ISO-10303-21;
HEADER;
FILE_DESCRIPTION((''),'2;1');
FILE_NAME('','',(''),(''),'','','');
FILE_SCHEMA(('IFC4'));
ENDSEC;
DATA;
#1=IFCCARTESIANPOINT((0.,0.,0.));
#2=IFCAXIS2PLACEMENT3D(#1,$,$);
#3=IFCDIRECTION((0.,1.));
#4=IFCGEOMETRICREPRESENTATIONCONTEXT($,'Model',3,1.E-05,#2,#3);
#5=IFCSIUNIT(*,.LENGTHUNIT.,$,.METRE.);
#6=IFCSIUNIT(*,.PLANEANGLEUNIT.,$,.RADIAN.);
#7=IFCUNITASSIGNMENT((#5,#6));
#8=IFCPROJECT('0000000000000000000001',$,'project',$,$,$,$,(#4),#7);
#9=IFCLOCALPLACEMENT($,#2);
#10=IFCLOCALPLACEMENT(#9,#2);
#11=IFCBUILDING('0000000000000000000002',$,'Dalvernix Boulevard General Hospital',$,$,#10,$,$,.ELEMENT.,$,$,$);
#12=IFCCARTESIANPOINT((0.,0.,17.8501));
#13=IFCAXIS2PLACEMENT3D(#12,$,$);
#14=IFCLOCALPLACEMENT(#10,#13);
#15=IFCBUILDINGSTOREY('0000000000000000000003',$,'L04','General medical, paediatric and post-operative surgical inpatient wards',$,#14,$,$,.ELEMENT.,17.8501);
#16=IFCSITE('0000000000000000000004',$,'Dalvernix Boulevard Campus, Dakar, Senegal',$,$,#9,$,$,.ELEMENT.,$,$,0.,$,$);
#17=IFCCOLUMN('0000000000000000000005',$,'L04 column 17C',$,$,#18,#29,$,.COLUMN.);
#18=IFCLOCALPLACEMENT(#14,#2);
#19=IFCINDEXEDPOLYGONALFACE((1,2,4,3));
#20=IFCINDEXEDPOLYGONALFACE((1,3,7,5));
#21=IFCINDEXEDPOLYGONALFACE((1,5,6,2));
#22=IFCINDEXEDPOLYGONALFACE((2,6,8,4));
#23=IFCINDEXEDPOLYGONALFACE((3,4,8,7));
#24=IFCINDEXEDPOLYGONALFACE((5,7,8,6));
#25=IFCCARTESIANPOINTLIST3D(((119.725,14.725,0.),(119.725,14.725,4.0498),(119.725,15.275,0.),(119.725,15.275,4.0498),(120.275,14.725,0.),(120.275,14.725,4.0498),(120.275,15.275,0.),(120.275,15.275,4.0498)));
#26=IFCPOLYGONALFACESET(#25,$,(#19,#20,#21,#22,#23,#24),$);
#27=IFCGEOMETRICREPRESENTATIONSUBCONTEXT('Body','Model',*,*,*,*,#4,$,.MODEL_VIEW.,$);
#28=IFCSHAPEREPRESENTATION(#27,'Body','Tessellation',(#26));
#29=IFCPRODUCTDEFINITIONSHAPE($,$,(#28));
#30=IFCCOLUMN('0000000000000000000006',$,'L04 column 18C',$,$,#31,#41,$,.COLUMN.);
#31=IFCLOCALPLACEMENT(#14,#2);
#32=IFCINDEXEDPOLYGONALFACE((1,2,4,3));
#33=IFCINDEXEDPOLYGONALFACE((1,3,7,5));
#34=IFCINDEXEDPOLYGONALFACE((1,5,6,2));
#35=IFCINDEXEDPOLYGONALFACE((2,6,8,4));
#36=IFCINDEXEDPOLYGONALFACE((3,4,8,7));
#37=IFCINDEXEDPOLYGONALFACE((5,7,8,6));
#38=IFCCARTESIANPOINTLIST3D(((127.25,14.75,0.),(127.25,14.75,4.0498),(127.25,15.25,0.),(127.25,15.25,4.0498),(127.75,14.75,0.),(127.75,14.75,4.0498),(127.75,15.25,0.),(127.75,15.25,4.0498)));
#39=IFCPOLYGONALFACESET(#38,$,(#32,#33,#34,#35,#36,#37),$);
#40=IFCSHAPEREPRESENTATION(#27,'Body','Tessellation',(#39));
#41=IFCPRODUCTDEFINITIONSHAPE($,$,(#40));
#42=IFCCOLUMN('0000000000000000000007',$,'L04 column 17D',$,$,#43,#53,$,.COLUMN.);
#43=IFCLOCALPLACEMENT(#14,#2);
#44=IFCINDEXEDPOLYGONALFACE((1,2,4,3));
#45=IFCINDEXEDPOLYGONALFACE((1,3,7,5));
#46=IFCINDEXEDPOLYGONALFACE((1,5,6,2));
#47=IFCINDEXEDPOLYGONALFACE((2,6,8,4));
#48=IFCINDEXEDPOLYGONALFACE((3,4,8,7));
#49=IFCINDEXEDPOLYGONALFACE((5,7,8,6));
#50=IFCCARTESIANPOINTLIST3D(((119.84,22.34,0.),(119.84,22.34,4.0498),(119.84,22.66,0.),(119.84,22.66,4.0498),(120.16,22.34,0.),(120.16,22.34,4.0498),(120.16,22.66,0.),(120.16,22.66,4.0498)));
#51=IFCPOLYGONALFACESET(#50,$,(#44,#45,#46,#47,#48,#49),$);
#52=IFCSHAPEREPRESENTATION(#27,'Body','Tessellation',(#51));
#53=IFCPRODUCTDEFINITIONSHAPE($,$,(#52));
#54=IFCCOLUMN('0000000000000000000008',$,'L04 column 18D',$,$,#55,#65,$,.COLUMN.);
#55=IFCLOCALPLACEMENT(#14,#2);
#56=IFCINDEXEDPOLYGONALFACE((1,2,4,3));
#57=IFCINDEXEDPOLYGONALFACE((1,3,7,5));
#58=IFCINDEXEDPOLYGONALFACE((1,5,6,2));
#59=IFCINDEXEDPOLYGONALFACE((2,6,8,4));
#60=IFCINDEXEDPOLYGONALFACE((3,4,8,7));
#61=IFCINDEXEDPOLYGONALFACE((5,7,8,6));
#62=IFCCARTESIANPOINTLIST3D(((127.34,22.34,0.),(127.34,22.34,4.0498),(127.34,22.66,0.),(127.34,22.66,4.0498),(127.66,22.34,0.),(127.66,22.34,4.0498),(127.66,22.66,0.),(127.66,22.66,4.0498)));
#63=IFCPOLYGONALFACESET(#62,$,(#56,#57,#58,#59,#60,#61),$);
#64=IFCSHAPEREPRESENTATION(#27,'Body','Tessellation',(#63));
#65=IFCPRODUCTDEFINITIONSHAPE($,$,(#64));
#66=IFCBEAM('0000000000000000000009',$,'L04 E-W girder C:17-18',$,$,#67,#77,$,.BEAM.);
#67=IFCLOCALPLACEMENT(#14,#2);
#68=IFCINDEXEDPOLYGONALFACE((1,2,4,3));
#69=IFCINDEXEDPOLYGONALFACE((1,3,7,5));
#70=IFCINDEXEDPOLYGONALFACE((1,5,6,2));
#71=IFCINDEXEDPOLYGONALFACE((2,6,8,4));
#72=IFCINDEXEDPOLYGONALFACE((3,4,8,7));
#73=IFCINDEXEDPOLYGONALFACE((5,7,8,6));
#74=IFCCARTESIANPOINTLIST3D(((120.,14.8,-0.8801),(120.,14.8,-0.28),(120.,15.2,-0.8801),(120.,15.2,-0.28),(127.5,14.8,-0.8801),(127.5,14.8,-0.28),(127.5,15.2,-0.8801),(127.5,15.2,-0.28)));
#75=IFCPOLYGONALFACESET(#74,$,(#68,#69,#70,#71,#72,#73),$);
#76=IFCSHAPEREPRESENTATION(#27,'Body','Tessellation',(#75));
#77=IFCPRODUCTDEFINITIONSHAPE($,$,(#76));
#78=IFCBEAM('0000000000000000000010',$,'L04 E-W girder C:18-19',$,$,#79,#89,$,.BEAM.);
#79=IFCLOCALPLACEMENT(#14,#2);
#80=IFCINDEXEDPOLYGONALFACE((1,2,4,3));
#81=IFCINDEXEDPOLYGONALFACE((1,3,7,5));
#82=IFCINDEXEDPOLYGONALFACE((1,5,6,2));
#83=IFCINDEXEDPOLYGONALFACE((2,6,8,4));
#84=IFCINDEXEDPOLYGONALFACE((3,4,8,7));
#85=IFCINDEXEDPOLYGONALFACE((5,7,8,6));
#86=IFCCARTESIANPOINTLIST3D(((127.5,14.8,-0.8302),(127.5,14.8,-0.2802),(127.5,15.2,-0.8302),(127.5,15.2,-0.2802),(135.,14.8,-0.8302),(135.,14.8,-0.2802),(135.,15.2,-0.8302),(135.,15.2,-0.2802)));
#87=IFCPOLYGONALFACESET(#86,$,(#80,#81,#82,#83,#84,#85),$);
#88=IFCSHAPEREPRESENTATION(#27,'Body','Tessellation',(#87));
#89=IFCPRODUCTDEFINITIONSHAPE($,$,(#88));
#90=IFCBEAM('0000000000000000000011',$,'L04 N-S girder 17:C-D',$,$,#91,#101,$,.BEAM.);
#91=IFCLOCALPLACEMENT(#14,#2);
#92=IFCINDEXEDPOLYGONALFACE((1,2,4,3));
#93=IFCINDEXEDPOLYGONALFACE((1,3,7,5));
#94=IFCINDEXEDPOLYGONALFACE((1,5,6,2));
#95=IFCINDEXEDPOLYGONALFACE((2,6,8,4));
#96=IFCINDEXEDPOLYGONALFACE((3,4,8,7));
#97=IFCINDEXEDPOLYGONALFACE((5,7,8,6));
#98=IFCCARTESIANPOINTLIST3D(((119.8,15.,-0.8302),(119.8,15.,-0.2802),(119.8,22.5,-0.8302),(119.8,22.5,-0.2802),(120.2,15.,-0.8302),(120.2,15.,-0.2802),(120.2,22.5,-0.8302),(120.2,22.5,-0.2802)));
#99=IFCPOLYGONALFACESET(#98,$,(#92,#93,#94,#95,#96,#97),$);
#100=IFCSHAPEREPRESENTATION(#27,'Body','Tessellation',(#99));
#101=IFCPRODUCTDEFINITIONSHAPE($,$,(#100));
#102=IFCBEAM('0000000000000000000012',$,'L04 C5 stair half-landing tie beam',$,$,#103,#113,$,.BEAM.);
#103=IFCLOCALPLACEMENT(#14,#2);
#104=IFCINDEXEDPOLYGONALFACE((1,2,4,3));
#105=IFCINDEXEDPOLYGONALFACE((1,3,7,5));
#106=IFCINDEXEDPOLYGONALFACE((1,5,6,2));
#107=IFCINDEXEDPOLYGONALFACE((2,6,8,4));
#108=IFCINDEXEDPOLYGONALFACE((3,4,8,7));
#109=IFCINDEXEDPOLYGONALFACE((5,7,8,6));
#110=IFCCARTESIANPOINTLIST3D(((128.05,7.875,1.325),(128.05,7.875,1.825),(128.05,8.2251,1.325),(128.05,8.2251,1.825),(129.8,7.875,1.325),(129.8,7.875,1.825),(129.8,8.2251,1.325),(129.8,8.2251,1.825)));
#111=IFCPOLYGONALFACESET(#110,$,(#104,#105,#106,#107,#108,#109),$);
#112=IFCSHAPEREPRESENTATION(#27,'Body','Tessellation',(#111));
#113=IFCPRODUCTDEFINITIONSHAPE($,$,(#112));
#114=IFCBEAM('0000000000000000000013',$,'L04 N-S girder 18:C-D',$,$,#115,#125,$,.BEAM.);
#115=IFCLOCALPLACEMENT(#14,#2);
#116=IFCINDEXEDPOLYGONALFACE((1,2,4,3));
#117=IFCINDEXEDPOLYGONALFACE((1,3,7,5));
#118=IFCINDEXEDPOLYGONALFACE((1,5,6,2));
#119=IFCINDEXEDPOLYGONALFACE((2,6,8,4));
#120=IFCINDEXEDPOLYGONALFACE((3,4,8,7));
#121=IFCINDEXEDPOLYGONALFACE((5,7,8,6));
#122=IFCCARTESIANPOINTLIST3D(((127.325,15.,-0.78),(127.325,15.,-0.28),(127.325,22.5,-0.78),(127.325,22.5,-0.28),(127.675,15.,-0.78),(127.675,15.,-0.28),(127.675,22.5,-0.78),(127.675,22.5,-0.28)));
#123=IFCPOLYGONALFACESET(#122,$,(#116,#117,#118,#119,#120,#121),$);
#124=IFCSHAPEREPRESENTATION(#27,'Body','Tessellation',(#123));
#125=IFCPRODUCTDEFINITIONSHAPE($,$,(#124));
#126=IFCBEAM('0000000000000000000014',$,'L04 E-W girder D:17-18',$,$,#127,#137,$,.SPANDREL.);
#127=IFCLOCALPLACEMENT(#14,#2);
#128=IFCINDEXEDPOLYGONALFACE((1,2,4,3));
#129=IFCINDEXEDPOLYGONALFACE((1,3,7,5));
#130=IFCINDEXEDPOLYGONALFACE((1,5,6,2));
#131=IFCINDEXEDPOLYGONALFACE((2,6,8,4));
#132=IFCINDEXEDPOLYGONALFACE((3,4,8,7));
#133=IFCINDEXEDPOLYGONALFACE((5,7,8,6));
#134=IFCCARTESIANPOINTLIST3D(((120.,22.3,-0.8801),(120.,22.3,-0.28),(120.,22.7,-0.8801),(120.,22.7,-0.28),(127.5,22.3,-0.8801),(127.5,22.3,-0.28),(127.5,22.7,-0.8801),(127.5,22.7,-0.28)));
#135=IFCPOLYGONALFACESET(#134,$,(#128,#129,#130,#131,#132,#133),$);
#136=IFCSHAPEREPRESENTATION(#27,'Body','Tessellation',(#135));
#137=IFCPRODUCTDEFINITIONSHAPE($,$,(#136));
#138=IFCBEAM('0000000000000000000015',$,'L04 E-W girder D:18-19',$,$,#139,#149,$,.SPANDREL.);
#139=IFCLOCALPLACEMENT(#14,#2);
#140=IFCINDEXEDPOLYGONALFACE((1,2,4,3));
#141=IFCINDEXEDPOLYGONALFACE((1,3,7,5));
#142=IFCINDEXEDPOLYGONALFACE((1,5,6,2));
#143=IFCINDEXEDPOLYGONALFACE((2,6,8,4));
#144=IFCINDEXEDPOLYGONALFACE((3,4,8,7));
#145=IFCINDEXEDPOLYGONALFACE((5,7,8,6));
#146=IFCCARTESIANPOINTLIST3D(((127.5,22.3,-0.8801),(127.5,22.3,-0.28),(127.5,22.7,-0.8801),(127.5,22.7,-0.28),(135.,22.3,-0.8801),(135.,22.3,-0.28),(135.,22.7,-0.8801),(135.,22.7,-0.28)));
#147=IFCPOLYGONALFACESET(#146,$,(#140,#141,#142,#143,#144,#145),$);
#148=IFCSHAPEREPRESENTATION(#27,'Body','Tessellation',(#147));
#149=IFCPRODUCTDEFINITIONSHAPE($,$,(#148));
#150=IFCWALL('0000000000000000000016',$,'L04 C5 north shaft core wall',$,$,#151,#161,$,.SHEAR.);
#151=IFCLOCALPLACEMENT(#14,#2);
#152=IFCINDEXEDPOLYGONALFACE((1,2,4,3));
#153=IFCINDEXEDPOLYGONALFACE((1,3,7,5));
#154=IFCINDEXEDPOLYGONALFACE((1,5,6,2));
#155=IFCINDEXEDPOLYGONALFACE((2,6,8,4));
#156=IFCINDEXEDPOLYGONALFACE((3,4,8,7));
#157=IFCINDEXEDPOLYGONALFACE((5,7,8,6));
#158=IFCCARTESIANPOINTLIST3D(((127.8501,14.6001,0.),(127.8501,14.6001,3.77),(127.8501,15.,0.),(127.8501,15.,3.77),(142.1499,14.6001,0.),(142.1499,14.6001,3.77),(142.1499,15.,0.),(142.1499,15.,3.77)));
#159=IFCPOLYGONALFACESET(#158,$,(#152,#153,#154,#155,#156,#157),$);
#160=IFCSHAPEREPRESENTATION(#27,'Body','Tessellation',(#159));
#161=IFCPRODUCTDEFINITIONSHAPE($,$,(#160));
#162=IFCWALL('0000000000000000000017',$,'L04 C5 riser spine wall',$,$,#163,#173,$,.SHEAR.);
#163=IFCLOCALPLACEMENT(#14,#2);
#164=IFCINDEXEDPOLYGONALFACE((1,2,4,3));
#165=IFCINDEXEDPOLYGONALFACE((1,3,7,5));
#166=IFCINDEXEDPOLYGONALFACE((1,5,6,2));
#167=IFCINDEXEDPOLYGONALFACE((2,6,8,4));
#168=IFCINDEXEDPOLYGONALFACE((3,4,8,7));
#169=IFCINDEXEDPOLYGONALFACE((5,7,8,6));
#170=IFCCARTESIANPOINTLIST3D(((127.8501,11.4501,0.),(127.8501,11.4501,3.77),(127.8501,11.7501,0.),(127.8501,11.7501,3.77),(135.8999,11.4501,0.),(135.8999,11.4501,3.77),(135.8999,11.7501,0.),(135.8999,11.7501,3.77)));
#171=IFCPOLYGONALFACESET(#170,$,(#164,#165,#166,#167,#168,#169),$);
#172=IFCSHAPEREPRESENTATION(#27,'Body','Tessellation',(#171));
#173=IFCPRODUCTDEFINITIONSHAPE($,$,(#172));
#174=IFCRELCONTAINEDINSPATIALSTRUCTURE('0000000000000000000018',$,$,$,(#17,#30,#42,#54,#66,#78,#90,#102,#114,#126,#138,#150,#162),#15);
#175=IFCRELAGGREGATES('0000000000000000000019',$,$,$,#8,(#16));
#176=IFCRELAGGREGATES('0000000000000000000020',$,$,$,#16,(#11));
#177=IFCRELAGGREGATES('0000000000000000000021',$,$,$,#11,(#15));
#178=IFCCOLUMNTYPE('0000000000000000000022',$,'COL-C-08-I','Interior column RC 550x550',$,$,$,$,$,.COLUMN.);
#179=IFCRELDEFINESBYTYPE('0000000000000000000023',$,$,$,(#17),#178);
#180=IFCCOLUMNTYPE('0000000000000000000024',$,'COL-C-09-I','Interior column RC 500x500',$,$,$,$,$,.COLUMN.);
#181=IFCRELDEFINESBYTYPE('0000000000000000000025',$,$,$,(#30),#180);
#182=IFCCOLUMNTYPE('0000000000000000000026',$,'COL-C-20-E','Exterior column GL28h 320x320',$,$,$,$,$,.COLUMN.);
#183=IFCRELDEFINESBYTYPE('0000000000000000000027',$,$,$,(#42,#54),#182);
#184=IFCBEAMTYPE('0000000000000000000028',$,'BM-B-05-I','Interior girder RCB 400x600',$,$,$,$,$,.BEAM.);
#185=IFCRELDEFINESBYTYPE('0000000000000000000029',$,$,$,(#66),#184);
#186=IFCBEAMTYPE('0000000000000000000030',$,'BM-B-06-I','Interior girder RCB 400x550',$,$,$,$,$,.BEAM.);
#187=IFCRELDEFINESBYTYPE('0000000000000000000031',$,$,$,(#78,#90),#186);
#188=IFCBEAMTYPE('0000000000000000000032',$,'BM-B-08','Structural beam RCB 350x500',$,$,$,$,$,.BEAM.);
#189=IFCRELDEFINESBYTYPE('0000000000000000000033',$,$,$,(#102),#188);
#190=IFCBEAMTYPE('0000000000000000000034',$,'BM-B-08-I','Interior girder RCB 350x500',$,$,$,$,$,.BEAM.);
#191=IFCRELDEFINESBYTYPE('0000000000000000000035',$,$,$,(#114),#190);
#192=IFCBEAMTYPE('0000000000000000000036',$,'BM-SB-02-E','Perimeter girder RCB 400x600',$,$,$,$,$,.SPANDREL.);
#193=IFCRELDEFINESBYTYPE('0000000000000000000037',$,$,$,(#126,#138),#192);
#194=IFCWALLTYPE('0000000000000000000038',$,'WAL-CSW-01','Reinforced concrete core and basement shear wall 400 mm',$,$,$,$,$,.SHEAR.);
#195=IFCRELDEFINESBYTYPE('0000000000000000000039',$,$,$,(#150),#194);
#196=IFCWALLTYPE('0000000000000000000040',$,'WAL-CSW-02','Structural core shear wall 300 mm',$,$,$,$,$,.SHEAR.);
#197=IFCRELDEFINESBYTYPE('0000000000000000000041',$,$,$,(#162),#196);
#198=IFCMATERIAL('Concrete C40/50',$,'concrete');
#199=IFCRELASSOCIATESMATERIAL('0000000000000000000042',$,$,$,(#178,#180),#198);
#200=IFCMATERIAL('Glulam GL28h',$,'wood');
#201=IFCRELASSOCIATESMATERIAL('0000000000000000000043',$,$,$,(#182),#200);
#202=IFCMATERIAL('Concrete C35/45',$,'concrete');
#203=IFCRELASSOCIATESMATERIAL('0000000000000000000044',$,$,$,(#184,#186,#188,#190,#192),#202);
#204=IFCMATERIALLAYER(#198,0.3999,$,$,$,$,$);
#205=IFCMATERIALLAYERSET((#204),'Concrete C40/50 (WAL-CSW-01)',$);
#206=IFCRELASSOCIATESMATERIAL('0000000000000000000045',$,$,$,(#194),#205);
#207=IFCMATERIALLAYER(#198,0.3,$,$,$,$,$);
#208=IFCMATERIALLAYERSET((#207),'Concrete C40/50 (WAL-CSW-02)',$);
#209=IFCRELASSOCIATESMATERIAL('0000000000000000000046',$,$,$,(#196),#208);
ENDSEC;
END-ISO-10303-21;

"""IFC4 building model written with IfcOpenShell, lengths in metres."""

from ifc_helpers import new_model, si_unit, direction, frame, frame_2d, origin, origin_2d, place, context, subcontext, project, spatial, rectangle, extrude, material, layer, layer_set, material_profile, profile_set, type_object, element, save


model = new_model("IFC4")

# Units and contexts
model_context = context("Model", 3, precision=1e-05, world=origin(), true_north=direction((0.0, 1.0)))
body_context = subcontext(model_context, "Body", "Model", "MODEL_VIEW")
ifc_project = project(units=[si_unit("LENGTHUNIT", "METRE"), si_unit("PLANEANGLEUNIT", "RADIAN")], contexts=[model_context])

# Site, building, storey
site_placement = place(None, origin())
site = spatial("IfcSite", under=ifc_project, at=site_placement, Name="Dalvernix Boulevard Campus, Dakar, Senegal", CompositionType="ELEMENT", RefElevation=0.0)
building_placement = place(site_placement, origin())
building = spatial("IfcBuilding", under=site, at=building_placement, Name="Dalvernix Boulevard General Hospital", CompositionType="ELEMENT")
storey_placement = place(building_placement, frame((0.0, 0.0, 17.8501)))
storey = spatial("IfcBuildingStorey", under=building, at=storey_placement, Name="L04", Description="General medical, paediatric and post-operative surgical inpatient wards", CompositionType="ELEMENT", Elevation=17.8501)

# Columns
ifc_material_1 = material(Name="Concrete C40/50", Category="concrete")
ifc_material_profile_1 = material_profile(ifc_material_1, rectangle(XDim=0.55, YDim=0.55, at=origin_2d()), Name="RC 550x550")
ifc_profile_set_1 = profile_set([ifc_material_profile_1], Name="Concrete C40/50")
column_type_1 = type_object("IfcColumnType", Name="COL-C-08-I", Description="Interior column RC 550x550", PredefinedType="COLUMN", material=ifc_profile_set_1)
column_1_placement = place(storey_placement, frame((120.0, 15.0, 0.0), z_axis=(0.0, 0.0, 1.0), x_axis=(1.0, 0.0, 0.0)))
element("IfcColumn", 1, at=column_1_placement, inside=storey, type_object=column_type_1, Name="L04 column 17C", PredefinedType="COLUMN", context=body_context, shape_type="SweptSolid", body=[
    extrude(rectangle(XDim=0.55, YDim=0.55, at=origin_2d()), origin(), (0.0, 0.0, 1.0), 4.0498),
])
ifc_material_profile_2 = material_profile(ifc_material_1, rectangle(XDim=0.5, YDim=0.5, at=origin_2d()), Name="RC 500x500")
ifc_profile_set_2 = profile_set([ifc_material_profile_2], Name="Concrete C40/50")
column_type_2 = type_object("IfcColumnType", Name="COL-C-09-I", Description="Interior column RC 500x500", PredefinedType="COLUMN", material=ifc_profile_set_2)
column_2_placement = place(storey_placement, frame((127.5, 15.0, 0.0), z_axis=(0.0, 0.0, 1.0), x_axis=(1.0, 0.0, 0.0)))
element("IfcColumn", 2, at=column_2_placement, inside=storey, type_object=column_type_2, Name="L04 column 18C", PredefinedType="COLUMN", context=body_context, shape_type="SweptSolid", body=[
    extrude(rectangle(XDim=0.5, YDim=0.5, at=origin_2d()), origin(), (0.0, 0.0, 1.0), 4.0498),
])
ifc_material_2 = material(Name="Glulam GL28h", Category="wood")
ifc_material_profile_3 = material_profile(ifc_material_2, rectangle(XDim=0.3201, YDim=0.3201, at=origin_2d()), Name="GL28h 320x320")
ifc_profile_set_3 = profile_set([ifc_material_profile_3], Name="Glulam GL28h")
column_type_3 = type_object("IfcColumnType", Name="COL-C-20-E", Description="Exterior column GL28h 320x320", PredefinedType="COLUMN", material=ifc_profile_set_3)
for number, where, z_axis, x_axis, name in (
    (3, (120.0, 22.5, 0.0), (0.0, 0.0, 1.0), (1.0, 0.0, 0.0), "L04 column 17D"),
    (4, (127.5, 22.5, 0.0), (0.0, 0.0, 1.0), (1.0, 0.0, 0.0), "L04 column 18D"),
):
    element("IfcColumn", number, at=place(storey_placement, frame(where, z_axis=z_axis, x_axis=x_axis)), inside=storey, type_object=column_type_3, Name=name, PredefinedType="COLUMN", context=body_context, shape_type="SweptSolid", body=[
        extrude(rectangle(XDim=0.3201, YDim=0.3201, at=origin_2d()), origin(), (0.0, 0.0, 1.0), 4.0498),
    ])

# Beams
ifc_material_3 = material(Name="Concrete C35/45", Category="concrete")
ifc_material_profile_4 = material_profile(ifc_material_3, rectangle(XDim=0.3999, YDim=0.6001, at=origin_2d()), Name="RCB 400x600")
ifc_profile_set_4 = profile_set([ifc_material_profile_4], Name="Concrete C35/45")
beam_type_1 = type_object("IfcBeamType", Name="BM-B-05-I", Description="Interior girder RCB 400x600", PredefinedType="BEAM", material=ifc_profile_set_4)
beam_1_placement = place(storey_placement, frame((120.0, 15.0, -0.5801), z_axis=(1.0, 0.0, 0.0), x_axis=(0.0, 1.0, 0.0)))
element("IfcBeam", 5, at=beam_1_placement, inside=storey, type_object=beam_type_1, Name="L04 E-W girder C:17-18", PredefinedType="BEAM", context=body_context, shape_type="SweptSolid", body=[
    extrude(rectangle(XDim=0.3999, YDim=0.6001, at=origin_2d()), origin(), (0.0, 0.0, 1.0), 7.5),
])
ifc_material_profile_5 = material_profile(ifc_material_3, rectangle(XDim=0.3999, YDim=0.55, at=origin_2d()), Name="RCB 400x550")
ifc_profile_set_5 = profile_set([ifc_material_profile_5], Name="Concrete C35/45")
beam_type_2 = type_object("IfcBeamType", Name="BM-B-06-I", Description="Interior girder RCB 400x550", PredefinedType="BEAM", material=ifc_profile_set_5)
for number, where, z_axis, x_axis, name in (
    (6, (127.5, 15.0, -0.5552), (1.0, 0.0, 0.0), (0.0, 1.0, 0.0), "L04 E-W girder C:18-19"),
    (7, (120.0, 15.0, -0.5552), (0.0, 1.0, 0.0), (-1.0, 0.0, 0.0), "L04 N-S girder 17:C-D"),
):
    element("IfcBeam", number, at=place(storey_placement, frame(where, z_axis=z_axis, x_axis=x_axis)), inside=storey, type_object=beam_type_2, Name=name, PredefinedType="BEAM", context=body_context, shape_type="SweptSolid", body=[
        extrude(rectangle(XDim=0.3999, YDim=0.55, at=origin_2d()), origin(), (0.0, 0.0, 1.0), 7.5),
    ])
ifc_material_profile_6 = material_profile(ifc_material_3, rectangle(XDim=0.3501, YDim=0.5, at=origin_2d()), Name="RCB 350x500")
ifc_profile_set_6 = profile_set([ifc_material_profile_6], Name="Concrete C35/45")
beam_type_3 = type_object("IfcBeamType", Name="BM-B-08", Description="Structural beam RCB 350x500", PredefinedType="BEAM", material=ifc_profile_set_6)
beam_2_placement = place(storey_placement, frame((128.05, 8.05, 1.575), z_axis=(1.0, 0.0, 0.0), x_axis=(0.0, 1.0, 0.0)))
element("IfcBeam", 8, at=beam_2_placement, inside=storey, type_object=beam_type_3, Name="L04 C5 stair half-landing tie beam", PredefinedType="BEAM", context=body_context, shape_type="SweptSolid", body=[
    extrude(rectangle(XDim=0.3501, YDim=0.5, at=origin_2d()), origin(), (0.0, 0.0, 1.0), 1.75),
])
ifc_material_profile_7 = material_profile(ifc_material_3, rectangle(XDim=0.3501, YDim=0.5, at=origin_2d()), Name="RCB 350x500")
ifc_profile_set_7 = profile_set([ifc_material_profile_7], Name="Concrete C35/45")
beam_type_4 = type_object("IfcBeamType", Name="BM-B-08-I", Description="Interior girder RCB 350x500", PredefinedType="BEAM", material=ifc_profile_set_7)
beam_3_placement = place(storey_placement, frame((127.5, 15.0, -0.53), z_axis=(0.0, 1.0, 0.0), x_axis=(-1.0, 0.0, 0.0)))
element("IfcBeam", 9, at=beam_3_placement, inside=storey, type_object=beam_type_4, Name="L04 N-S girder 18:C-D", PredefinedType="BEAM", context=body_context, shape_type="SweptSolid", body=[
    extrude(rectangle(XDim=0.3501, YDim=0.5, at=origin_2d()), origin(), (0.0, 0.0, 1.0), 7.5),
])
ifc_material_profile_8 = material_profile(ifc_material_3, rectangle(XDim=0.3999, YDim=0.6001, at=origin_2d()), Name="RCB 400x600")
ifc_profile_set_8 = profile_set([ifc_material_profile_8], Name="Concrete C35/45")
beam_type_5 = type_object("IfcBeamType", Name="BM-SB-02-E", Description="Perimeter girder RCB 400x600", PredefinedType="SPANDREL", material=ifc_profile_set_8)
for number, where, z_axis, x_axis, name in (
    (10, (120.0, 22.5, -0.5801), (1.0, 0.0, 0.0), (0.0, 1.0, 0.0), "L04 E-W girder D:17-18"),
    (11, (127.5, 22.5, -0.5801), (1.0, 0.0, 0.0), (0.0, 1.0, 0.0), "L04 E-W girder D:18-19"),
):
    element("IfcBeam", number, at=place(storey_placement, frame(where, z_axis=z_axis, x_axis=x_axis)), inside=storey, type_object=beam_type_5, Name=name, PredefinedType="SPANDREL", context=body_context, shape_type="SweptSolid", body=[
        extrude(rectangle(XDim=0.3999, YDim=0.6001, at=origin_2d()), origin(), (0.0, 0.0, 1.0), 7.5),
    ])

# Walls
ifc_layer_1 = layer(ifc_material_1, 0.3999)
ifc_layer_set_1 = layer_set([ifc_layer_1], Name="Concrete C40/50 (WAL-CSW-01)")
wall_type_1 = type_object("IfcWallType", Name="WAL-CSW-01", Description="Reinforced concrete core and basement shear wall 400 mm", PredefinedType="SHEAR", material=ifc_layer_set_1)
wall_1_placement = place(storey_placement, frame((127.8501, 14.8, 0.0), z_axis=(0.0, 0.0, 1.0), x_axis=(1.0, 0.0, 0.0)))
element("IfcWall", 12, at=wall_1_placement, inside=storey, type_object=wall_type_1, Name="L04 C5 north shaft core wall", PredefinedType="SHEAR", context=body_context, shape_type="SweptSolid", body=[
    extrude(rectangle(XDim=14.2998, YDim=0.3999, at=frame_2d((7.1499, 0.0))), origin(), (0.0, 0.0, 1.0), 3.77),
])
ifc_layer_2 = layer(ifc_material_1, 0.3)
ifc_layer_set_2 = layer_set([ifc_layer_2], Name="Concrete C40/50 (WAL-CSW-02)")
wall_type_2 = type_object("IfcWallType", Name="WAL-CSW-02", Description="Structural core shear wall 300 mm", PredefinedType="SHEAR", material=ifc_layer_set_2)
wall_2_placement = place(storey_placement, frame((127.8501, 11.6001, 0.0), z_axis=(0.0, 0.0, 1.0), x_axis=(1.0, 0.0, 0.0)))
element("IfcWall", 13, at=wall_2_placement, inside=storey, type_object=wall_type_2, Name="L04 C5 riser spine wall", PredefinedType="SHEAR", context=body_context, shape_type="SweptSolid", body=[
    extrude(rectangle(XDim=8.0498, YDim=0.3, at=frame_2d((4.0249, 0.0))), origin(), (0.0, 0.0, 1.0), 3.77),
])

save(model, "model.ifc")
